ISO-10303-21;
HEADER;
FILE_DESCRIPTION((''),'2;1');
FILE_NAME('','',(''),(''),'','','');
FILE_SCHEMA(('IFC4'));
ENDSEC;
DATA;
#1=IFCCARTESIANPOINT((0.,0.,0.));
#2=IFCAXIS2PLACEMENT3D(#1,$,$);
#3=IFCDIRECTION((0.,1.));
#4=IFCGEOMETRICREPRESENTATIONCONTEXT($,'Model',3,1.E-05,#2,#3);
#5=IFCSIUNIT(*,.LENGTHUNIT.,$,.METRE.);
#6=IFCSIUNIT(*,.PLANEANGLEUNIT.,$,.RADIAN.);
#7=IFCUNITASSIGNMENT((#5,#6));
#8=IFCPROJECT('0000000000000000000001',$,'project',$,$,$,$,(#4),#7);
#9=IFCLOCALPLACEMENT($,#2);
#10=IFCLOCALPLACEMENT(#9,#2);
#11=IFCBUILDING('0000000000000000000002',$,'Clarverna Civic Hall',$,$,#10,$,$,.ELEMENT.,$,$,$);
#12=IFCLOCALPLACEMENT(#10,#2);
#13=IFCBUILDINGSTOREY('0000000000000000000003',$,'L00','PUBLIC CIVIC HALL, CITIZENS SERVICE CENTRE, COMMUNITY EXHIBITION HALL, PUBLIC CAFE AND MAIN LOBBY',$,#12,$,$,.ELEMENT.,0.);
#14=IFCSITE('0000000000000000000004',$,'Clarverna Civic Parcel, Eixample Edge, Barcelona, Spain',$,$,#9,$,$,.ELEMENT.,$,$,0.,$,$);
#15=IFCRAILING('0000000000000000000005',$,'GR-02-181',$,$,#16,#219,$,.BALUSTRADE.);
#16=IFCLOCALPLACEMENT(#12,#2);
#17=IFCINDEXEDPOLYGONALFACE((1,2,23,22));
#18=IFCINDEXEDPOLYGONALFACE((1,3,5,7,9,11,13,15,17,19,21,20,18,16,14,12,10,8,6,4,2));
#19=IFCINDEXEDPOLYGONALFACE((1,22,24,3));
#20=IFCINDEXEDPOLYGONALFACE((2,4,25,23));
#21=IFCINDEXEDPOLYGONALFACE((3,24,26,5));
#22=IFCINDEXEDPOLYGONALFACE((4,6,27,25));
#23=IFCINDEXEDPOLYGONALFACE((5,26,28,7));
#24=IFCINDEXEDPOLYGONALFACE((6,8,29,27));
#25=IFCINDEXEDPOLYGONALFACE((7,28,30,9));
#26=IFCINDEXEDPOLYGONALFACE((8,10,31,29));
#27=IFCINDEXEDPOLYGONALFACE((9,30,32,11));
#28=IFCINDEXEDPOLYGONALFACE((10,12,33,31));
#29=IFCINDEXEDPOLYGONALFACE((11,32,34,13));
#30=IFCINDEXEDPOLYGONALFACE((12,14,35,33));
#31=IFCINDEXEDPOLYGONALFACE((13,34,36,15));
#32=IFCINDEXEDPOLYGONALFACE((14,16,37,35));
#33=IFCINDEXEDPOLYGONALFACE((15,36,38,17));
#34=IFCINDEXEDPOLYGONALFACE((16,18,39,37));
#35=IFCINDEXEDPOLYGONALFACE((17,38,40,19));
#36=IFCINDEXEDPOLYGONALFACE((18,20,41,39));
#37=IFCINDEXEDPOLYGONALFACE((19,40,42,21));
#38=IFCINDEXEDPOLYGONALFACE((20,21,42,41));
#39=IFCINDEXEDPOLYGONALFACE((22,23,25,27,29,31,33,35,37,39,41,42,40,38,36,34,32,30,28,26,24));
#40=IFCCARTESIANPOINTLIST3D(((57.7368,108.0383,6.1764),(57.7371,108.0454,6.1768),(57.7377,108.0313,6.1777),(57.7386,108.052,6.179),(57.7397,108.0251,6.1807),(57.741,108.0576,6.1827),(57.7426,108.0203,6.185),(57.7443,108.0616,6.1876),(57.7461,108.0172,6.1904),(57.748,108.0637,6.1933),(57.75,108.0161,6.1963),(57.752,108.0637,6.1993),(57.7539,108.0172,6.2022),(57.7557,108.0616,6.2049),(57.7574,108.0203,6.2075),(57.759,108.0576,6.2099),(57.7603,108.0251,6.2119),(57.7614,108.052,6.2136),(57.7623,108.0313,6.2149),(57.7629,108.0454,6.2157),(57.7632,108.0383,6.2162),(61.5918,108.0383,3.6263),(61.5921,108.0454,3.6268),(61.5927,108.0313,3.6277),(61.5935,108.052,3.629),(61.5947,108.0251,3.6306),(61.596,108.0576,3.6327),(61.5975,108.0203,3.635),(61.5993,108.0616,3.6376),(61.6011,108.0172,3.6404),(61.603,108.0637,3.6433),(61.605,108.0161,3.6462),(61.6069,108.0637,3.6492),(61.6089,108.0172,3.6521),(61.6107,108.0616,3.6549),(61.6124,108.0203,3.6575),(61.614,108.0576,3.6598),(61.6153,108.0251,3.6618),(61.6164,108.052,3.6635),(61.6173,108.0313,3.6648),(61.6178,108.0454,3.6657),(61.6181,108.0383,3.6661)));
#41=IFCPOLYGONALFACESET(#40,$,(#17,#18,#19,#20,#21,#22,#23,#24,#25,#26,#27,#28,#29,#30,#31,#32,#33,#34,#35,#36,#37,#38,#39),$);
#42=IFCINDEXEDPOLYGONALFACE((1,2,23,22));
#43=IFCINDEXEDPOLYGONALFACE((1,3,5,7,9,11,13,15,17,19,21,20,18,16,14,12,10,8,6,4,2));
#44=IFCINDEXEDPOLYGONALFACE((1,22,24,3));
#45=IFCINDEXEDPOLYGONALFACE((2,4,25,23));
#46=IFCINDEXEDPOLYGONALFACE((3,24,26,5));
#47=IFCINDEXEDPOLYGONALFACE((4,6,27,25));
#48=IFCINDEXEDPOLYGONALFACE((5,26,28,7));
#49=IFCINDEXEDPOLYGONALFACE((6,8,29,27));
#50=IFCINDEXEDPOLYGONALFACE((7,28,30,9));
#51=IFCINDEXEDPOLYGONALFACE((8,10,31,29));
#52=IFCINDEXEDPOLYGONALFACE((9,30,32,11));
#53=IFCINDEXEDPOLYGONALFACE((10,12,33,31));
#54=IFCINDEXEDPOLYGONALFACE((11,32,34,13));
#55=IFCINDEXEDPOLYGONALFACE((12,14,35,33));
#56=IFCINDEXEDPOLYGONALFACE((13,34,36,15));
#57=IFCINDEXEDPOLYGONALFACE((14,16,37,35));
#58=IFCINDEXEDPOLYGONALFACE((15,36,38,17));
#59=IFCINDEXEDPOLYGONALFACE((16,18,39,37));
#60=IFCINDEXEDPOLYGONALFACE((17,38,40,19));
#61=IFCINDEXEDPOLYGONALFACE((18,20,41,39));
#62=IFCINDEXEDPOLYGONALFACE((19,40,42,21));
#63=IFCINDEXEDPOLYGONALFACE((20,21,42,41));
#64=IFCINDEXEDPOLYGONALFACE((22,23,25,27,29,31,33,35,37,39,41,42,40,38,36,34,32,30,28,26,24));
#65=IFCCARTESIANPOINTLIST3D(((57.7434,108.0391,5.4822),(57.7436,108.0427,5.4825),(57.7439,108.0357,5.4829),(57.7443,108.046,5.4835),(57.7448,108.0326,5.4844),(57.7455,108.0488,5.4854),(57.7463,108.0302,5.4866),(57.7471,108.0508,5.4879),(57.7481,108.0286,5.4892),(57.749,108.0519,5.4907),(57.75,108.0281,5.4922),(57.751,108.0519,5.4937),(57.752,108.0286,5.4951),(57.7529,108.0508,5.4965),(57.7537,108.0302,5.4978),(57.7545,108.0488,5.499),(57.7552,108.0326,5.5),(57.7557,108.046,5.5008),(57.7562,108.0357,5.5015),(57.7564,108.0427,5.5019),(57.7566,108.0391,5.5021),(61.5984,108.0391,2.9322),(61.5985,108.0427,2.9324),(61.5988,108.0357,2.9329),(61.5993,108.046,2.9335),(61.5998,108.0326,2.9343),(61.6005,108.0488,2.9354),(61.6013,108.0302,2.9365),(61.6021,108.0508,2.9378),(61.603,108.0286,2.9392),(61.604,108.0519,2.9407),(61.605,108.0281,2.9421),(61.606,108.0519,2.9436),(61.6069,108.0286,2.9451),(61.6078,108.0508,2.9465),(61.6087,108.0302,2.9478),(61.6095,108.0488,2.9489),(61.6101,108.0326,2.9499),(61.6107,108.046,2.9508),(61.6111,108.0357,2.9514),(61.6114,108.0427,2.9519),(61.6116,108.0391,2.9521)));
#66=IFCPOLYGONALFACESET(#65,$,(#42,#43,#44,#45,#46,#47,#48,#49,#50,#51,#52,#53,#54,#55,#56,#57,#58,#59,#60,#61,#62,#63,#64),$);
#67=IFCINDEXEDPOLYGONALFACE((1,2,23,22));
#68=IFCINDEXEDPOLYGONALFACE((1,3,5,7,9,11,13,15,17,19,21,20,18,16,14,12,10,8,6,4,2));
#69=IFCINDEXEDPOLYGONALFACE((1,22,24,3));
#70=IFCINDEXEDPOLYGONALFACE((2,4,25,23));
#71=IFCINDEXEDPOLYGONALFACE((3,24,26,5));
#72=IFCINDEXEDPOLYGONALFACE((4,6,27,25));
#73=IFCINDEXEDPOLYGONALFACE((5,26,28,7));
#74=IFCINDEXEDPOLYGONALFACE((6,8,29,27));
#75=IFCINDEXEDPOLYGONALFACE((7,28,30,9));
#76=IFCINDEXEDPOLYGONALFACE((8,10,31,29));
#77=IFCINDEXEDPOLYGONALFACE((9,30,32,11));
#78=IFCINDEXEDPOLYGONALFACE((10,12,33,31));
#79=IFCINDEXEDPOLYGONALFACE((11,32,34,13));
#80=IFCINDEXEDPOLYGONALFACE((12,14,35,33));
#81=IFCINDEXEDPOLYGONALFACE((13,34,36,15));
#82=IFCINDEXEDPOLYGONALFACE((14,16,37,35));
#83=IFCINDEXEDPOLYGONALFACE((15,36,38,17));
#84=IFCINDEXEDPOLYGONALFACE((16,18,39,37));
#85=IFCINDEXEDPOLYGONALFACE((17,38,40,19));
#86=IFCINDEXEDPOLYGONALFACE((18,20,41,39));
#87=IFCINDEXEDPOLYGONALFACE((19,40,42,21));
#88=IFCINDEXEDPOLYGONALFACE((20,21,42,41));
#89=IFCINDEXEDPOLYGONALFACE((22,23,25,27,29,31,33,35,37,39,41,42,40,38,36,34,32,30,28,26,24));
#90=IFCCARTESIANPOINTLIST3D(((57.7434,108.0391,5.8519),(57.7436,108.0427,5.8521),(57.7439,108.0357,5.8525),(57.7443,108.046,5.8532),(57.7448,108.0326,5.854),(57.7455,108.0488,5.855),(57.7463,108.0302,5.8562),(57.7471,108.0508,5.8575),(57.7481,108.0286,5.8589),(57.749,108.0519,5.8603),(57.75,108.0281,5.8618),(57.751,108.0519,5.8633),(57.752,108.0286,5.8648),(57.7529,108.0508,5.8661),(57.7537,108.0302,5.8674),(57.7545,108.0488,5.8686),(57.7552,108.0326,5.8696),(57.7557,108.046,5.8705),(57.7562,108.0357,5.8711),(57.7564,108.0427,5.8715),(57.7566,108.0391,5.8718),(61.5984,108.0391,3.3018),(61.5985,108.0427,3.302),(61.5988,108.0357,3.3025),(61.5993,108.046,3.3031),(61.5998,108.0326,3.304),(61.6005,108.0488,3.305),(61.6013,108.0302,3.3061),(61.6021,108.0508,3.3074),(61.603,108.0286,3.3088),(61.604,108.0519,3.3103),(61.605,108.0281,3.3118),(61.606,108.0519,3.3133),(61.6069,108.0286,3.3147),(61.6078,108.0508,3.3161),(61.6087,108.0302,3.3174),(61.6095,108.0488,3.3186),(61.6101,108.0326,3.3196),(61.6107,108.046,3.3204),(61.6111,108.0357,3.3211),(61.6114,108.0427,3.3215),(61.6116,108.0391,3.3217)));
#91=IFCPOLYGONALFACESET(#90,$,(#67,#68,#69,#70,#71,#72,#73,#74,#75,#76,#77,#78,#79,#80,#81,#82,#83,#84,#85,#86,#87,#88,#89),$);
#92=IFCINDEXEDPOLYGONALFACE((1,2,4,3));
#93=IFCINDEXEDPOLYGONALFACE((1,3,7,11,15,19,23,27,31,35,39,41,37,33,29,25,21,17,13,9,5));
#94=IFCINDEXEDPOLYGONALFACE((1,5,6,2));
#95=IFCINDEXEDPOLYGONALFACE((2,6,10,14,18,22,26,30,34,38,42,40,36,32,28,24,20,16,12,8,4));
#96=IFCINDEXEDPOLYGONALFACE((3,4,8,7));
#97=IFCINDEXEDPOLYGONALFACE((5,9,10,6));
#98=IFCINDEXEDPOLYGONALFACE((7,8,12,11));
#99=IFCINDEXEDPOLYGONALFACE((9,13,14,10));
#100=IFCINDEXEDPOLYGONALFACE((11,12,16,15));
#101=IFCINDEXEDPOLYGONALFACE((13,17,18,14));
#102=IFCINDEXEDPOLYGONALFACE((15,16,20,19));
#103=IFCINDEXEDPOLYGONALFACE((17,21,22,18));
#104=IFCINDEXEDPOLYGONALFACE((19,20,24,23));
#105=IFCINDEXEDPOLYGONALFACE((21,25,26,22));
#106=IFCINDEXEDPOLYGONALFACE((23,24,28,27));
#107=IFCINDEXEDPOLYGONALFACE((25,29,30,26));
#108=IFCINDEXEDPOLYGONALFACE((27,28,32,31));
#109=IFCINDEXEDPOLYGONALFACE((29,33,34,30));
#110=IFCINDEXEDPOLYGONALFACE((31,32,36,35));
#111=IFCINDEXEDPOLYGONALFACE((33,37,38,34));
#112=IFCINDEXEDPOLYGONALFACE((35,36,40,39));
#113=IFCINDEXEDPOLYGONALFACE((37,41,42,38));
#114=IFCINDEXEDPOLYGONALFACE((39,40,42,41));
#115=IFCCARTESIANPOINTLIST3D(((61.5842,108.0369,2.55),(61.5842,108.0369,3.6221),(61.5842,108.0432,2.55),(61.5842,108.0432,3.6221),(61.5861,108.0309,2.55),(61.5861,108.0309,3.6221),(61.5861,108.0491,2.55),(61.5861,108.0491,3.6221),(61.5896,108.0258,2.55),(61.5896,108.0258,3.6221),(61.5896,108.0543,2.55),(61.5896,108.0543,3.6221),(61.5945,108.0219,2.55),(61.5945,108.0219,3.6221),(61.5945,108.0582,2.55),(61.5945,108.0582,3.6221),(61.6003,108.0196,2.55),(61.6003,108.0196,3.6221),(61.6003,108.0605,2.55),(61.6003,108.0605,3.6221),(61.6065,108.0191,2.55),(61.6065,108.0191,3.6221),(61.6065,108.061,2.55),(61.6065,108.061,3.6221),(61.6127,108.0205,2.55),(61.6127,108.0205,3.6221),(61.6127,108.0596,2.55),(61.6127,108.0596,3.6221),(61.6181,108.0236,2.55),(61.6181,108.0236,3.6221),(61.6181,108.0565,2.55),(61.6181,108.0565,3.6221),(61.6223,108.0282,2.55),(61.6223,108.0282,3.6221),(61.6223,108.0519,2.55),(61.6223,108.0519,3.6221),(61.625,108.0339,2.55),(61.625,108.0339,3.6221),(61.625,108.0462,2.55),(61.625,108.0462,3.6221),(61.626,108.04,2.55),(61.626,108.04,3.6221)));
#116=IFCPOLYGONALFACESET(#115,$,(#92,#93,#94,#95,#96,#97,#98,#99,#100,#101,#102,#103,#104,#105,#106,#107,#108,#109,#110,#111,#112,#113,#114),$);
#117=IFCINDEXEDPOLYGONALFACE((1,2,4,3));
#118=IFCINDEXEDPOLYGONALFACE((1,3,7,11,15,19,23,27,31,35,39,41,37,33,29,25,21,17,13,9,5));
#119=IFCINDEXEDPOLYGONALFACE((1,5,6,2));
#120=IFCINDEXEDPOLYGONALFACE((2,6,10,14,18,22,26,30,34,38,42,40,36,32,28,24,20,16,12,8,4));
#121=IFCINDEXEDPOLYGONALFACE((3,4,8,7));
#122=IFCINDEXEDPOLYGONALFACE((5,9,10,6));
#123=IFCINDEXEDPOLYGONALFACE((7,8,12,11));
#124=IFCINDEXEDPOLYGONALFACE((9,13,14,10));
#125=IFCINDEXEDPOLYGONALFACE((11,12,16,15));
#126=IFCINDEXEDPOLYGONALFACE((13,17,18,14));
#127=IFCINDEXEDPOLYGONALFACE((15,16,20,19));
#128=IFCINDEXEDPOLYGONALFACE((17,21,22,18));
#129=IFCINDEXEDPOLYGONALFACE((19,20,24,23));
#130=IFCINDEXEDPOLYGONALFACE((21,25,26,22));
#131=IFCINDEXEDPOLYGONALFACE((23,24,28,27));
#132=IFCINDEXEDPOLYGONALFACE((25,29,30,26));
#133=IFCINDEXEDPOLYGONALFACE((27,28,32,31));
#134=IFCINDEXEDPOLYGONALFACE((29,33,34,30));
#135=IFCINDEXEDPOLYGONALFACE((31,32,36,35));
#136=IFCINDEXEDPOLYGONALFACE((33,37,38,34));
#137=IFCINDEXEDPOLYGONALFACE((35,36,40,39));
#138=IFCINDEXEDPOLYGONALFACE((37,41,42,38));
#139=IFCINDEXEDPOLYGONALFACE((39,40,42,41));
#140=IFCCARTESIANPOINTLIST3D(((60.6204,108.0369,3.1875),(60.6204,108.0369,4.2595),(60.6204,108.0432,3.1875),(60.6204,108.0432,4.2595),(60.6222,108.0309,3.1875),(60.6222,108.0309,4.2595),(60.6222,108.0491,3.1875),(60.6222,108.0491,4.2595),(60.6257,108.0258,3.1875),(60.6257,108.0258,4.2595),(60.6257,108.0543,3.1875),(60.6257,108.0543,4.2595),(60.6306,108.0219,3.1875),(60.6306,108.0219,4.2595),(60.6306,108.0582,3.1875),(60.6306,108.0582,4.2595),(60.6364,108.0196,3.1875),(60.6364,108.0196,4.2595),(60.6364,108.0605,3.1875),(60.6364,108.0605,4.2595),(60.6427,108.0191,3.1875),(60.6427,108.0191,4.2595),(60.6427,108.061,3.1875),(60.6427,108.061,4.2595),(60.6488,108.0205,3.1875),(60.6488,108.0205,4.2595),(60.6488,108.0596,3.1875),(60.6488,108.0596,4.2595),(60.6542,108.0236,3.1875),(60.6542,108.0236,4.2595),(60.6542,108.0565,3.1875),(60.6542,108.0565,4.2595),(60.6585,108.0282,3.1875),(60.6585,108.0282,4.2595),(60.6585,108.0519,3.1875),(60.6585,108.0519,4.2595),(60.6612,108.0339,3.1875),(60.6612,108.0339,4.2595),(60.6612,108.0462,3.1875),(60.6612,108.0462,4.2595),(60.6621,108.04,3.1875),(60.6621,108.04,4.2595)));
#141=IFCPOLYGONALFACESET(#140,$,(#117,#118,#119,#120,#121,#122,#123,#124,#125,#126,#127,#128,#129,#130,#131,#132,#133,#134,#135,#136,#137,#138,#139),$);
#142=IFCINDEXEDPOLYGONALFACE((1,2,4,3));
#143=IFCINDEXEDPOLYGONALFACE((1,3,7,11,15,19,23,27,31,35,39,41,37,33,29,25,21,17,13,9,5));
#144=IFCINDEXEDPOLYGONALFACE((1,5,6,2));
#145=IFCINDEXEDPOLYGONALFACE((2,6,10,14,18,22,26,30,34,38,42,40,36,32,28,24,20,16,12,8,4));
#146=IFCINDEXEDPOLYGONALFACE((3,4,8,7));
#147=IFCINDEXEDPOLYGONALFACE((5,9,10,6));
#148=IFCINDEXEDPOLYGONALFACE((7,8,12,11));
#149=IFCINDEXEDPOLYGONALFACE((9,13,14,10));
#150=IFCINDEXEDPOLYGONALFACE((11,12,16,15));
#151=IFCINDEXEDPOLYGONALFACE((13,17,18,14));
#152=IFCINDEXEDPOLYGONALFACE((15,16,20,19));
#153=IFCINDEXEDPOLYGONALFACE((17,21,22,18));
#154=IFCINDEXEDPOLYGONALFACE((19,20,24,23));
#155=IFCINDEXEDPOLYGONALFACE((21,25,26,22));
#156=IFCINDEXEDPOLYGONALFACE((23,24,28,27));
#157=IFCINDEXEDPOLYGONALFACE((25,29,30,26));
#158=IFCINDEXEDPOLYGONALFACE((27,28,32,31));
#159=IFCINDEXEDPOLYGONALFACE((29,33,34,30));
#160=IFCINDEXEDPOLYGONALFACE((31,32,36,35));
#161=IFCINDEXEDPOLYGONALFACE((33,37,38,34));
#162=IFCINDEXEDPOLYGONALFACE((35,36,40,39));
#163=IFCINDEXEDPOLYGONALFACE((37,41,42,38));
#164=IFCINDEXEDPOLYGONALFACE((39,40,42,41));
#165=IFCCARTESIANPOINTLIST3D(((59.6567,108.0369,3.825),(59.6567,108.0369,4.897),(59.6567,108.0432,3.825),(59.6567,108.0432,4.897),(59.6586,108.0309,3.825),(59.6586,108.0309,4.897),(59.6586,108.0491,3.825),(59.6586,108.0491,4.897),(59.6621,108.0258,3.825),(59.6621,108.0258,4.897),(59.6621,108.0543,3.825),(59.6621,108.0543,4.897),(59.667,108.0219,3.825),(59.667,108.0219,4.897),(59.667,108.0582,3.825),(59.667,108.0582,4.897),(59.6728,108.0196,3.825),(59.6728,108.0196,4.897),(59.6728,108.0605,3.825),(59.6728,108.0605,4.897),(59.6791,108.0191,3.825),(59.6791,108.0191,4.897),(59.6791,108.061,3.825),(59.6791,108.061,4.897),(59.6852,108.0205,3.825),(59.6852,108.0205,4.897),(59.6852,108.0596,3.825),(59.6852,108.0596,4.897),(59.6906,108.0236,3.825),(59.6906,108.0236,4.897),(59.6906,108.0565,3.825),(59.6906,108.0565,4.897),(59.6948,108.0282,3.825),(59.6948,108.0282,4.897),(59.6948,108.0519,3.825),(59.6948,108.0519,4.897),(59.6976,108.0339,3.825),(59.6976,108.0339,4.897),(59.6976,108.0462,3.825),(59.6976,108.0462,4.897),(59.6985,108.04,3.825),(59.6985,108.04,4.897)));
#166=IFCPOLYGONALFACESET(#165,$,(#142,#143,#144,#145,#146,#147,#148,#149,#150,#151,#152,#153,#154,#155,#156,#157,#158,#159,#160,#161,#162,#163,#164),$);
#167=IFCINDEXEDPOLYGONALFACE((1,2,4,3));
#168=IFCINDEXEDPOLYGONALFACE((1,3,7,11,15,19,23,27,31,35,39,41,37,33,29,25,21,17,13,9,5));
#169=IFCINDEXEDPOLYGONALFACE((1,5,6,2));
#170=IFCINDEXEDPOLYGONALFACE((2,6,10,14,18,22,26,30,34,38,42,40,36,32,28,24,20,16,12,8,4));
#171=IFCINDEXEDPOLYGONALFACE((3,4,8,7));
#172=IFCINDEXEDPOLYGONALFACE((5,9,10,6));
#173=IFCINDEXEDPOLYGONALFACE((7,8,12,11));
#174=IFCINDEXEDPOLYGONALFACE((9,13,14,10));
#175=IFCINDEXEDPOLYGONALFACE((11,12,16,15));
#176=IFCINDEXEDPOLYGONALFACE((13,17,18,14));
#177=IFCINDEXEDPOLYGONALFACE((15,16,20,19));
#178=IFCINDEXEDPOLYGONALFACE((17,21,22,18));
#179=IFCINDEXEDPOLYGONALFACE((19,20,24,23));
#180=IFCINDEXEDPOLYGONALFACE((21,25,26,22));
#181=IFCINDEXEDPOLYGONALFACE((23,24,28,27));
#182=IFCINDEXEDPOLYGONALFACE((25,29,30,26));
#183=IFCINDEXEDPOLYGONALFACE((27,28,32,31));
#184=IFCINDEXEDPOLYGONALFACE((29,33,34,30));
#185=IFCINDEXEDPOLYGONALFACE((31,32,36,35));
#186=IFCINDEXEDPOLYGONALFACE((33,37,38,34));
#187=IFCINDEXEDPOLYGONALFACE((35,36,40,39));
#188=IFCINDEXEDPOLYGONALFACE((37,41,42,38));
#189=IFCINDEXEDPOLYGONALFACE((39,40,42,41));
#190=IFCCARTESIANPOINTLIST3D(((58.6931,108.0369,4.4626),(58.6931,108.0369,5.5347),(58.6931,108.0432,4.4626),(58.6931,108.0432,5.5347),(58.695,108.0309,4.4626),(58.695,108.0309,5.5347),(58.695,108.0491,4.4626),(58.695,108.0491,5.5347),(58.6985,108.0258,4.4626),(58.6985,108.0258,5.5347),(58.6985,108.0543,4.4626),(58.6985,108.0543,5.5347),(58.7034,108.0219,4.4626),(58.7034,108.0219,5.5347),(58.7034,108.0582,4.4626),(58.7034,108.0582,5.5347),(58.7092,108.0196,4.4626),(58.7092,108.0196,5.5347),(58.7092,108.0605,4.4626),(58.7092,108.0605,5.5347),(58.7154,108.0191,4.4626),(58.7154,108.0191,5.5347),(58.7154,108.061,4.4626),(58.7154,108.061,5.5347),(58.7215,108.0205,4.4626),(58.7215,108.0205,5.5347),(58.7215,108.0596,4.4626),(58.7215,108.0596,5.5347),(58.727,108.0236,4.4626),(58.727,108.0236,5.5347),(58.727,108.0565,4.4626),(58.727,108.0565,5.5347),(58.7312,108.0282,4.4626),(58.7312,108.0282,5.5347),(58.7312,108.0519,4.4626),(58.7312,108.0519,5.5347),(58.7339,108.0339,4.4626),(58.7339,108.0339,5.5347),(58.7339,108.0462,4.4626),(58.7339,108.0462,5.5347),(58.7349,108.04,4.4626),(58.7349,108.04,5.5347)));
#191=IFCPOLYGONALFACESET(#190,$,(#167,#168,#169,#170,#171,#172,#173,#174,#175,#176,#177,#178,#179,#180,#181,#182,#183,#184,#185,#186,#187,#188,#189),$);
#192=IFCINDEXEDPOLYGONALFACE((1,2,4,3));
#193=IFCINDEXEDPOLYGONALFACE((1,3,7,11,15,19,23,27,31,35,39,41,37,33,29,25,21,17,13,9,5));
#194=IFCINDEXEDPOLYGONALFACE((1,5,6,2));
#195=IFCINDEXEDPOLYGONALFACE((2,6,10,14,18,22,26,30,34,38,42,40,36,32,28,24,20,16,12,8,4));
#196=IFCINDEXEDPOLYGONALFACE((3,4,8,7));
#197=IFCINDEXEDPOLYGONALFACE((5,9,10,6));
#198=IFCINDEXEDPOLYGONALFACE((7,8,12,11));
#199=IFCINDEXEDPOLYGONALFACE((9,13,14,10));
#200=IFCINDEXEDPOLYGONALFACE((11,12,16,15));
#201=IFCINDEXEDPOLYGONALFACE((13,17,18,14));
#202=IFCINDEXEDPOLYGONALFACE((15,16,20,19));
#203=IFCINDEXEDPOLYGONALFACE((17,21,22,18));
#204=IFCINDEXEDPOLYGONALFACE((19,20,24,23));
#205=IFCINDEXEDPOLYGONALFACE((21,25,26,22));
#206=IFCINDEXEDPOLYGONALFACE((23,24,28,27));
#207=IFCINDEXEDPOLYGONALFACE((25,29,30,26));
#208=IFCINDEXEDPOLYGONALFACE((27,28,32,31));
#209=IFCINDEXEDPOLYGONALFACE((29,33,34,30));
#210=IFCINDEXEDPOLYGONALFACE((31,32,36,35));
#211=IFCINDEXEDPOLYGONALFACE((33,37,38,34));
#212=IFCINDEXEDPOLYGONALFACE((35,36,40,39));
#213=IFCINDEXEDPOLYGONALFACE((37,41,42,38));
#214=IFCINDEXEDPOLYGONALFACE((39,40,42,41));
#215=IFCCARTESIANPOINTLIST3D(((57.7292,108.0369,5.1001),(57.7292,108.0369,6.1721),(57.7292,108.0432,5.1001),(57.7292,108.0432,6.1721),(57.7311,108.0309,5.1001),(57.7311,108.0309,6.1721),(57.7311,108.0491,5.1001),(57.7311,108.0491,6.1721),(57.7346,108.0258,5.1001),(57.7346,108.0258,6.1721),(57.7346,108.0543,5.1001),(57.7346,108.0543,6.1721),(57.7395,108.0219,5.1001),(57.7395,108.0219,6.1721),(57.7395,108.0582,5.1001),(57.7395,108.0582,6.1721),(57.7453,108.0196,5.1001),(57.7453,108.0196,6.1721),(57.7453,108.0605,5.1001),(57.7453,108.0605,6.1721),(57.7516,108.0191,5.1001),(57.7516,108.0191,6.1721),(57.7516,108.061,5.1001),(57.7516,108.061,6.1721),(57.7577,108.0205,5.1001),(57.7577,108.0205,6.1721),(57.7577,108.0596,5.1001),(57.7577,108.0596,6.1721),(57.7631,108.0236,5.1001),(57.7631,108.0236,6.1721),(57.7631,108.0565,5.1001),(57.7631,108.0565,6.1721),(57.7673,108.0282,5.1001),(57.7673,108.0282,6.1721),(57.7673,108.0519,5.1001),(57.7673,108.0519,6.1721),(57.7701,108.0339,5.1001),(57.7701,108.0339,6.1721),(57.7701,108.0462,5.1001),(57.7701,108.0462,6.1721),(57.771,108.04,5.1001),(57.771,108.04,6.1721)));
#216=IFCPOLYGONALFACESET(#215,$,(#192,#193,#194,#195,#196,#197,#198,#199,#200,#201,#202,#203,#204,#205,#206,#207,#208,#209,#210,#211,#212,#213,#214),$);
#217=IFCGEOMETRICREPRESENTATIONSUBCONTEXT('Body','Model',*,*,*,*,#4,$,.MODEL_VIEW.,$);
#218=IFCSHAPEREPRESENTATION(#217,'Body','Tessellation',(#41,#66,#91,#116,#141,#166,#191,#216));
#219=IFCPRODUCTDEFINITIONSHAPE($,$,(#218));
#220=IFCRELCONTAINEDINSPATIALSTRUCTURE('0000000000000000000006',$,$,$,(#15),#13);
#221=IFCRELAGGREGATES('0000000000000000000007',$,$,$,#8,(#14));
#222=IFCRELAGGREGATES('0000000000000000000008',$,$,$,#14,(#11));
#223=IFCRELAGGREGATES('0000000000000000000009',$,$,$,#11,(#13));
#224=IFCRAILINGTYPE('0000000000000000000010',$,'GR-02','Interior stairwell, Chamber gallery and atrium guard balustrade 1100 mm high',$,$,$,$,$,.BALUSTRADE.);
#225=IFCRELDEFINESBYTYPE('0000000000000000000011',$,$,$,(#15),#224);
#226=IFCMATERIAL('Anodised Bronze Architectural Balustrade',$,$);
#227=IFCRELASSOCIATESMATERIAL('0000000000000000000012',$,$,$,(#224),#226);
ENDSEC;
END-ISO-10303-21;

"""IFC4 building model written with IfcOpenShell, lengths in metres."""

from ifc_helpers import new_model, si_unit, direction, frame, origin, origin_2d, place, context, subcontext, project, spatial, circle, extrude, material, type_object, element, save


model = new_model("IFC4")

# Units and contexts
model_context = context("Model", 3, precision=1e-05, world=origin(), true_north=direction((0.0, 1.0)))
body_context = subcontext(model_context, "Body", "Model", "MODEL_VIEW")
ifc_project = project(units=[si_unit("LENGTHUNIT", "METRE"), si_unit("PLANEANGLEUNIT", "RADIAN")], contexts=[model_context])

# Site, building, storey
site_placement = place(None, origin())
site = spatial("IfcSite", under=ifc_project, at=site_placement, Name="Clarverna Civic Parcel, Eixample Edge, Barcelona, Spain", CompositionType="ELEMENT", RefElevation=0.0)
building_placement = place(site_placement, origin())
building = spatial("IfcBuilding", under=site, at=building_placement, Name="Clarverna Civic Hall", CompositionType="ELEMENT")
storey_placement = place(building_placement, origin())
storey = spatial("IfcBuildingStorey", under=building, at=storey_placement, Name="L00", Description="PUBLIC CIVIC HALL, CITIZENS SERVICE CENTRE, COMMUNITY EXHIBITION HALL, PUBLIC CAFE AND MAIN LOBBY", CompositionType="ELEMENT", Elevation=0.0)

# Railing
ifc_material_1 = material(Name="Anodised Bronze Architectural Balustrade")
railing_type_1 = type_object("IfcRailingType", Name="GR-02", Description="Interior stairwell, Chamber gallery and atrium guard balustrade 1100 mm high", PredefinedType="BALUSTRADE", material=ifc_material_1)
railing_1_placement = place(storey_placement, frame((61.605, 108.04, 2.55)))
element("IfcRailing", 1, at=railing_1_placement, inside=storey, type_object=railing_type_1, Name="GR-02-181", PredefinedType="BALUSTRADE", context=body_context, shape_type="SweptSolid", body=[
    extrude(circle(Radius=0.0239, at=origin_2d()), frame((0.0, 0.0, 1.0962), z_axis=(-0.834036, 0.0, 0.55171), x_axis=(0.0, -1.0, 0.0)), (0.0, 0.0, 1.0), 4.6221),
    extrude(circle(Radius=0.012, at=origin_2d()), frame((0.0, 0.0, 0.3921), z_axis=(-0.834036, 0.0, 0.55171), x_axis=(0.0, -1.0, 0.0)), (0.0, 0.0, 1.0), 4.6221),
    extrude(circle(Radius=0.012, at=origin_2d()), frame((0.0, 0.0, 0.7617), z_axis=(-0.834036, 0.0, 0.55171), x_axis=(0.0, -1.0, 0.0)), (0.0, 0.0, 1.0), 4.6221),
    extrude(circle(Radius=0.021, at=origin_2d()), origin(), (0.0, 0.0, 1.0), 1.072),
    extrude(circle(Radius=0.021, at=origin_2d()), frame((-0.9639, 0.0, 0.6375)), (0.0, 0.0, 1.0), 1.072),
    extrude(circle(Radius=0.021, at=origin_2d()), frame((-1.9275, 0.0, 1.2749)), (0.0, 0.0, 1.0), 1.072),
    extrude(circle(Radius=0.021, at=origin_2d()), frame((-2.8911, 0.0, 1.9126)), (0.0, 0.0, 1.0), 1.072),
    extrude(circle(Radius=0.021, at=origin_2d()), frame((-3.855, 0.0, 2.55)), (0.0, 0.0, 1.0), 1.072),
])

save(model, "model.ifc")
